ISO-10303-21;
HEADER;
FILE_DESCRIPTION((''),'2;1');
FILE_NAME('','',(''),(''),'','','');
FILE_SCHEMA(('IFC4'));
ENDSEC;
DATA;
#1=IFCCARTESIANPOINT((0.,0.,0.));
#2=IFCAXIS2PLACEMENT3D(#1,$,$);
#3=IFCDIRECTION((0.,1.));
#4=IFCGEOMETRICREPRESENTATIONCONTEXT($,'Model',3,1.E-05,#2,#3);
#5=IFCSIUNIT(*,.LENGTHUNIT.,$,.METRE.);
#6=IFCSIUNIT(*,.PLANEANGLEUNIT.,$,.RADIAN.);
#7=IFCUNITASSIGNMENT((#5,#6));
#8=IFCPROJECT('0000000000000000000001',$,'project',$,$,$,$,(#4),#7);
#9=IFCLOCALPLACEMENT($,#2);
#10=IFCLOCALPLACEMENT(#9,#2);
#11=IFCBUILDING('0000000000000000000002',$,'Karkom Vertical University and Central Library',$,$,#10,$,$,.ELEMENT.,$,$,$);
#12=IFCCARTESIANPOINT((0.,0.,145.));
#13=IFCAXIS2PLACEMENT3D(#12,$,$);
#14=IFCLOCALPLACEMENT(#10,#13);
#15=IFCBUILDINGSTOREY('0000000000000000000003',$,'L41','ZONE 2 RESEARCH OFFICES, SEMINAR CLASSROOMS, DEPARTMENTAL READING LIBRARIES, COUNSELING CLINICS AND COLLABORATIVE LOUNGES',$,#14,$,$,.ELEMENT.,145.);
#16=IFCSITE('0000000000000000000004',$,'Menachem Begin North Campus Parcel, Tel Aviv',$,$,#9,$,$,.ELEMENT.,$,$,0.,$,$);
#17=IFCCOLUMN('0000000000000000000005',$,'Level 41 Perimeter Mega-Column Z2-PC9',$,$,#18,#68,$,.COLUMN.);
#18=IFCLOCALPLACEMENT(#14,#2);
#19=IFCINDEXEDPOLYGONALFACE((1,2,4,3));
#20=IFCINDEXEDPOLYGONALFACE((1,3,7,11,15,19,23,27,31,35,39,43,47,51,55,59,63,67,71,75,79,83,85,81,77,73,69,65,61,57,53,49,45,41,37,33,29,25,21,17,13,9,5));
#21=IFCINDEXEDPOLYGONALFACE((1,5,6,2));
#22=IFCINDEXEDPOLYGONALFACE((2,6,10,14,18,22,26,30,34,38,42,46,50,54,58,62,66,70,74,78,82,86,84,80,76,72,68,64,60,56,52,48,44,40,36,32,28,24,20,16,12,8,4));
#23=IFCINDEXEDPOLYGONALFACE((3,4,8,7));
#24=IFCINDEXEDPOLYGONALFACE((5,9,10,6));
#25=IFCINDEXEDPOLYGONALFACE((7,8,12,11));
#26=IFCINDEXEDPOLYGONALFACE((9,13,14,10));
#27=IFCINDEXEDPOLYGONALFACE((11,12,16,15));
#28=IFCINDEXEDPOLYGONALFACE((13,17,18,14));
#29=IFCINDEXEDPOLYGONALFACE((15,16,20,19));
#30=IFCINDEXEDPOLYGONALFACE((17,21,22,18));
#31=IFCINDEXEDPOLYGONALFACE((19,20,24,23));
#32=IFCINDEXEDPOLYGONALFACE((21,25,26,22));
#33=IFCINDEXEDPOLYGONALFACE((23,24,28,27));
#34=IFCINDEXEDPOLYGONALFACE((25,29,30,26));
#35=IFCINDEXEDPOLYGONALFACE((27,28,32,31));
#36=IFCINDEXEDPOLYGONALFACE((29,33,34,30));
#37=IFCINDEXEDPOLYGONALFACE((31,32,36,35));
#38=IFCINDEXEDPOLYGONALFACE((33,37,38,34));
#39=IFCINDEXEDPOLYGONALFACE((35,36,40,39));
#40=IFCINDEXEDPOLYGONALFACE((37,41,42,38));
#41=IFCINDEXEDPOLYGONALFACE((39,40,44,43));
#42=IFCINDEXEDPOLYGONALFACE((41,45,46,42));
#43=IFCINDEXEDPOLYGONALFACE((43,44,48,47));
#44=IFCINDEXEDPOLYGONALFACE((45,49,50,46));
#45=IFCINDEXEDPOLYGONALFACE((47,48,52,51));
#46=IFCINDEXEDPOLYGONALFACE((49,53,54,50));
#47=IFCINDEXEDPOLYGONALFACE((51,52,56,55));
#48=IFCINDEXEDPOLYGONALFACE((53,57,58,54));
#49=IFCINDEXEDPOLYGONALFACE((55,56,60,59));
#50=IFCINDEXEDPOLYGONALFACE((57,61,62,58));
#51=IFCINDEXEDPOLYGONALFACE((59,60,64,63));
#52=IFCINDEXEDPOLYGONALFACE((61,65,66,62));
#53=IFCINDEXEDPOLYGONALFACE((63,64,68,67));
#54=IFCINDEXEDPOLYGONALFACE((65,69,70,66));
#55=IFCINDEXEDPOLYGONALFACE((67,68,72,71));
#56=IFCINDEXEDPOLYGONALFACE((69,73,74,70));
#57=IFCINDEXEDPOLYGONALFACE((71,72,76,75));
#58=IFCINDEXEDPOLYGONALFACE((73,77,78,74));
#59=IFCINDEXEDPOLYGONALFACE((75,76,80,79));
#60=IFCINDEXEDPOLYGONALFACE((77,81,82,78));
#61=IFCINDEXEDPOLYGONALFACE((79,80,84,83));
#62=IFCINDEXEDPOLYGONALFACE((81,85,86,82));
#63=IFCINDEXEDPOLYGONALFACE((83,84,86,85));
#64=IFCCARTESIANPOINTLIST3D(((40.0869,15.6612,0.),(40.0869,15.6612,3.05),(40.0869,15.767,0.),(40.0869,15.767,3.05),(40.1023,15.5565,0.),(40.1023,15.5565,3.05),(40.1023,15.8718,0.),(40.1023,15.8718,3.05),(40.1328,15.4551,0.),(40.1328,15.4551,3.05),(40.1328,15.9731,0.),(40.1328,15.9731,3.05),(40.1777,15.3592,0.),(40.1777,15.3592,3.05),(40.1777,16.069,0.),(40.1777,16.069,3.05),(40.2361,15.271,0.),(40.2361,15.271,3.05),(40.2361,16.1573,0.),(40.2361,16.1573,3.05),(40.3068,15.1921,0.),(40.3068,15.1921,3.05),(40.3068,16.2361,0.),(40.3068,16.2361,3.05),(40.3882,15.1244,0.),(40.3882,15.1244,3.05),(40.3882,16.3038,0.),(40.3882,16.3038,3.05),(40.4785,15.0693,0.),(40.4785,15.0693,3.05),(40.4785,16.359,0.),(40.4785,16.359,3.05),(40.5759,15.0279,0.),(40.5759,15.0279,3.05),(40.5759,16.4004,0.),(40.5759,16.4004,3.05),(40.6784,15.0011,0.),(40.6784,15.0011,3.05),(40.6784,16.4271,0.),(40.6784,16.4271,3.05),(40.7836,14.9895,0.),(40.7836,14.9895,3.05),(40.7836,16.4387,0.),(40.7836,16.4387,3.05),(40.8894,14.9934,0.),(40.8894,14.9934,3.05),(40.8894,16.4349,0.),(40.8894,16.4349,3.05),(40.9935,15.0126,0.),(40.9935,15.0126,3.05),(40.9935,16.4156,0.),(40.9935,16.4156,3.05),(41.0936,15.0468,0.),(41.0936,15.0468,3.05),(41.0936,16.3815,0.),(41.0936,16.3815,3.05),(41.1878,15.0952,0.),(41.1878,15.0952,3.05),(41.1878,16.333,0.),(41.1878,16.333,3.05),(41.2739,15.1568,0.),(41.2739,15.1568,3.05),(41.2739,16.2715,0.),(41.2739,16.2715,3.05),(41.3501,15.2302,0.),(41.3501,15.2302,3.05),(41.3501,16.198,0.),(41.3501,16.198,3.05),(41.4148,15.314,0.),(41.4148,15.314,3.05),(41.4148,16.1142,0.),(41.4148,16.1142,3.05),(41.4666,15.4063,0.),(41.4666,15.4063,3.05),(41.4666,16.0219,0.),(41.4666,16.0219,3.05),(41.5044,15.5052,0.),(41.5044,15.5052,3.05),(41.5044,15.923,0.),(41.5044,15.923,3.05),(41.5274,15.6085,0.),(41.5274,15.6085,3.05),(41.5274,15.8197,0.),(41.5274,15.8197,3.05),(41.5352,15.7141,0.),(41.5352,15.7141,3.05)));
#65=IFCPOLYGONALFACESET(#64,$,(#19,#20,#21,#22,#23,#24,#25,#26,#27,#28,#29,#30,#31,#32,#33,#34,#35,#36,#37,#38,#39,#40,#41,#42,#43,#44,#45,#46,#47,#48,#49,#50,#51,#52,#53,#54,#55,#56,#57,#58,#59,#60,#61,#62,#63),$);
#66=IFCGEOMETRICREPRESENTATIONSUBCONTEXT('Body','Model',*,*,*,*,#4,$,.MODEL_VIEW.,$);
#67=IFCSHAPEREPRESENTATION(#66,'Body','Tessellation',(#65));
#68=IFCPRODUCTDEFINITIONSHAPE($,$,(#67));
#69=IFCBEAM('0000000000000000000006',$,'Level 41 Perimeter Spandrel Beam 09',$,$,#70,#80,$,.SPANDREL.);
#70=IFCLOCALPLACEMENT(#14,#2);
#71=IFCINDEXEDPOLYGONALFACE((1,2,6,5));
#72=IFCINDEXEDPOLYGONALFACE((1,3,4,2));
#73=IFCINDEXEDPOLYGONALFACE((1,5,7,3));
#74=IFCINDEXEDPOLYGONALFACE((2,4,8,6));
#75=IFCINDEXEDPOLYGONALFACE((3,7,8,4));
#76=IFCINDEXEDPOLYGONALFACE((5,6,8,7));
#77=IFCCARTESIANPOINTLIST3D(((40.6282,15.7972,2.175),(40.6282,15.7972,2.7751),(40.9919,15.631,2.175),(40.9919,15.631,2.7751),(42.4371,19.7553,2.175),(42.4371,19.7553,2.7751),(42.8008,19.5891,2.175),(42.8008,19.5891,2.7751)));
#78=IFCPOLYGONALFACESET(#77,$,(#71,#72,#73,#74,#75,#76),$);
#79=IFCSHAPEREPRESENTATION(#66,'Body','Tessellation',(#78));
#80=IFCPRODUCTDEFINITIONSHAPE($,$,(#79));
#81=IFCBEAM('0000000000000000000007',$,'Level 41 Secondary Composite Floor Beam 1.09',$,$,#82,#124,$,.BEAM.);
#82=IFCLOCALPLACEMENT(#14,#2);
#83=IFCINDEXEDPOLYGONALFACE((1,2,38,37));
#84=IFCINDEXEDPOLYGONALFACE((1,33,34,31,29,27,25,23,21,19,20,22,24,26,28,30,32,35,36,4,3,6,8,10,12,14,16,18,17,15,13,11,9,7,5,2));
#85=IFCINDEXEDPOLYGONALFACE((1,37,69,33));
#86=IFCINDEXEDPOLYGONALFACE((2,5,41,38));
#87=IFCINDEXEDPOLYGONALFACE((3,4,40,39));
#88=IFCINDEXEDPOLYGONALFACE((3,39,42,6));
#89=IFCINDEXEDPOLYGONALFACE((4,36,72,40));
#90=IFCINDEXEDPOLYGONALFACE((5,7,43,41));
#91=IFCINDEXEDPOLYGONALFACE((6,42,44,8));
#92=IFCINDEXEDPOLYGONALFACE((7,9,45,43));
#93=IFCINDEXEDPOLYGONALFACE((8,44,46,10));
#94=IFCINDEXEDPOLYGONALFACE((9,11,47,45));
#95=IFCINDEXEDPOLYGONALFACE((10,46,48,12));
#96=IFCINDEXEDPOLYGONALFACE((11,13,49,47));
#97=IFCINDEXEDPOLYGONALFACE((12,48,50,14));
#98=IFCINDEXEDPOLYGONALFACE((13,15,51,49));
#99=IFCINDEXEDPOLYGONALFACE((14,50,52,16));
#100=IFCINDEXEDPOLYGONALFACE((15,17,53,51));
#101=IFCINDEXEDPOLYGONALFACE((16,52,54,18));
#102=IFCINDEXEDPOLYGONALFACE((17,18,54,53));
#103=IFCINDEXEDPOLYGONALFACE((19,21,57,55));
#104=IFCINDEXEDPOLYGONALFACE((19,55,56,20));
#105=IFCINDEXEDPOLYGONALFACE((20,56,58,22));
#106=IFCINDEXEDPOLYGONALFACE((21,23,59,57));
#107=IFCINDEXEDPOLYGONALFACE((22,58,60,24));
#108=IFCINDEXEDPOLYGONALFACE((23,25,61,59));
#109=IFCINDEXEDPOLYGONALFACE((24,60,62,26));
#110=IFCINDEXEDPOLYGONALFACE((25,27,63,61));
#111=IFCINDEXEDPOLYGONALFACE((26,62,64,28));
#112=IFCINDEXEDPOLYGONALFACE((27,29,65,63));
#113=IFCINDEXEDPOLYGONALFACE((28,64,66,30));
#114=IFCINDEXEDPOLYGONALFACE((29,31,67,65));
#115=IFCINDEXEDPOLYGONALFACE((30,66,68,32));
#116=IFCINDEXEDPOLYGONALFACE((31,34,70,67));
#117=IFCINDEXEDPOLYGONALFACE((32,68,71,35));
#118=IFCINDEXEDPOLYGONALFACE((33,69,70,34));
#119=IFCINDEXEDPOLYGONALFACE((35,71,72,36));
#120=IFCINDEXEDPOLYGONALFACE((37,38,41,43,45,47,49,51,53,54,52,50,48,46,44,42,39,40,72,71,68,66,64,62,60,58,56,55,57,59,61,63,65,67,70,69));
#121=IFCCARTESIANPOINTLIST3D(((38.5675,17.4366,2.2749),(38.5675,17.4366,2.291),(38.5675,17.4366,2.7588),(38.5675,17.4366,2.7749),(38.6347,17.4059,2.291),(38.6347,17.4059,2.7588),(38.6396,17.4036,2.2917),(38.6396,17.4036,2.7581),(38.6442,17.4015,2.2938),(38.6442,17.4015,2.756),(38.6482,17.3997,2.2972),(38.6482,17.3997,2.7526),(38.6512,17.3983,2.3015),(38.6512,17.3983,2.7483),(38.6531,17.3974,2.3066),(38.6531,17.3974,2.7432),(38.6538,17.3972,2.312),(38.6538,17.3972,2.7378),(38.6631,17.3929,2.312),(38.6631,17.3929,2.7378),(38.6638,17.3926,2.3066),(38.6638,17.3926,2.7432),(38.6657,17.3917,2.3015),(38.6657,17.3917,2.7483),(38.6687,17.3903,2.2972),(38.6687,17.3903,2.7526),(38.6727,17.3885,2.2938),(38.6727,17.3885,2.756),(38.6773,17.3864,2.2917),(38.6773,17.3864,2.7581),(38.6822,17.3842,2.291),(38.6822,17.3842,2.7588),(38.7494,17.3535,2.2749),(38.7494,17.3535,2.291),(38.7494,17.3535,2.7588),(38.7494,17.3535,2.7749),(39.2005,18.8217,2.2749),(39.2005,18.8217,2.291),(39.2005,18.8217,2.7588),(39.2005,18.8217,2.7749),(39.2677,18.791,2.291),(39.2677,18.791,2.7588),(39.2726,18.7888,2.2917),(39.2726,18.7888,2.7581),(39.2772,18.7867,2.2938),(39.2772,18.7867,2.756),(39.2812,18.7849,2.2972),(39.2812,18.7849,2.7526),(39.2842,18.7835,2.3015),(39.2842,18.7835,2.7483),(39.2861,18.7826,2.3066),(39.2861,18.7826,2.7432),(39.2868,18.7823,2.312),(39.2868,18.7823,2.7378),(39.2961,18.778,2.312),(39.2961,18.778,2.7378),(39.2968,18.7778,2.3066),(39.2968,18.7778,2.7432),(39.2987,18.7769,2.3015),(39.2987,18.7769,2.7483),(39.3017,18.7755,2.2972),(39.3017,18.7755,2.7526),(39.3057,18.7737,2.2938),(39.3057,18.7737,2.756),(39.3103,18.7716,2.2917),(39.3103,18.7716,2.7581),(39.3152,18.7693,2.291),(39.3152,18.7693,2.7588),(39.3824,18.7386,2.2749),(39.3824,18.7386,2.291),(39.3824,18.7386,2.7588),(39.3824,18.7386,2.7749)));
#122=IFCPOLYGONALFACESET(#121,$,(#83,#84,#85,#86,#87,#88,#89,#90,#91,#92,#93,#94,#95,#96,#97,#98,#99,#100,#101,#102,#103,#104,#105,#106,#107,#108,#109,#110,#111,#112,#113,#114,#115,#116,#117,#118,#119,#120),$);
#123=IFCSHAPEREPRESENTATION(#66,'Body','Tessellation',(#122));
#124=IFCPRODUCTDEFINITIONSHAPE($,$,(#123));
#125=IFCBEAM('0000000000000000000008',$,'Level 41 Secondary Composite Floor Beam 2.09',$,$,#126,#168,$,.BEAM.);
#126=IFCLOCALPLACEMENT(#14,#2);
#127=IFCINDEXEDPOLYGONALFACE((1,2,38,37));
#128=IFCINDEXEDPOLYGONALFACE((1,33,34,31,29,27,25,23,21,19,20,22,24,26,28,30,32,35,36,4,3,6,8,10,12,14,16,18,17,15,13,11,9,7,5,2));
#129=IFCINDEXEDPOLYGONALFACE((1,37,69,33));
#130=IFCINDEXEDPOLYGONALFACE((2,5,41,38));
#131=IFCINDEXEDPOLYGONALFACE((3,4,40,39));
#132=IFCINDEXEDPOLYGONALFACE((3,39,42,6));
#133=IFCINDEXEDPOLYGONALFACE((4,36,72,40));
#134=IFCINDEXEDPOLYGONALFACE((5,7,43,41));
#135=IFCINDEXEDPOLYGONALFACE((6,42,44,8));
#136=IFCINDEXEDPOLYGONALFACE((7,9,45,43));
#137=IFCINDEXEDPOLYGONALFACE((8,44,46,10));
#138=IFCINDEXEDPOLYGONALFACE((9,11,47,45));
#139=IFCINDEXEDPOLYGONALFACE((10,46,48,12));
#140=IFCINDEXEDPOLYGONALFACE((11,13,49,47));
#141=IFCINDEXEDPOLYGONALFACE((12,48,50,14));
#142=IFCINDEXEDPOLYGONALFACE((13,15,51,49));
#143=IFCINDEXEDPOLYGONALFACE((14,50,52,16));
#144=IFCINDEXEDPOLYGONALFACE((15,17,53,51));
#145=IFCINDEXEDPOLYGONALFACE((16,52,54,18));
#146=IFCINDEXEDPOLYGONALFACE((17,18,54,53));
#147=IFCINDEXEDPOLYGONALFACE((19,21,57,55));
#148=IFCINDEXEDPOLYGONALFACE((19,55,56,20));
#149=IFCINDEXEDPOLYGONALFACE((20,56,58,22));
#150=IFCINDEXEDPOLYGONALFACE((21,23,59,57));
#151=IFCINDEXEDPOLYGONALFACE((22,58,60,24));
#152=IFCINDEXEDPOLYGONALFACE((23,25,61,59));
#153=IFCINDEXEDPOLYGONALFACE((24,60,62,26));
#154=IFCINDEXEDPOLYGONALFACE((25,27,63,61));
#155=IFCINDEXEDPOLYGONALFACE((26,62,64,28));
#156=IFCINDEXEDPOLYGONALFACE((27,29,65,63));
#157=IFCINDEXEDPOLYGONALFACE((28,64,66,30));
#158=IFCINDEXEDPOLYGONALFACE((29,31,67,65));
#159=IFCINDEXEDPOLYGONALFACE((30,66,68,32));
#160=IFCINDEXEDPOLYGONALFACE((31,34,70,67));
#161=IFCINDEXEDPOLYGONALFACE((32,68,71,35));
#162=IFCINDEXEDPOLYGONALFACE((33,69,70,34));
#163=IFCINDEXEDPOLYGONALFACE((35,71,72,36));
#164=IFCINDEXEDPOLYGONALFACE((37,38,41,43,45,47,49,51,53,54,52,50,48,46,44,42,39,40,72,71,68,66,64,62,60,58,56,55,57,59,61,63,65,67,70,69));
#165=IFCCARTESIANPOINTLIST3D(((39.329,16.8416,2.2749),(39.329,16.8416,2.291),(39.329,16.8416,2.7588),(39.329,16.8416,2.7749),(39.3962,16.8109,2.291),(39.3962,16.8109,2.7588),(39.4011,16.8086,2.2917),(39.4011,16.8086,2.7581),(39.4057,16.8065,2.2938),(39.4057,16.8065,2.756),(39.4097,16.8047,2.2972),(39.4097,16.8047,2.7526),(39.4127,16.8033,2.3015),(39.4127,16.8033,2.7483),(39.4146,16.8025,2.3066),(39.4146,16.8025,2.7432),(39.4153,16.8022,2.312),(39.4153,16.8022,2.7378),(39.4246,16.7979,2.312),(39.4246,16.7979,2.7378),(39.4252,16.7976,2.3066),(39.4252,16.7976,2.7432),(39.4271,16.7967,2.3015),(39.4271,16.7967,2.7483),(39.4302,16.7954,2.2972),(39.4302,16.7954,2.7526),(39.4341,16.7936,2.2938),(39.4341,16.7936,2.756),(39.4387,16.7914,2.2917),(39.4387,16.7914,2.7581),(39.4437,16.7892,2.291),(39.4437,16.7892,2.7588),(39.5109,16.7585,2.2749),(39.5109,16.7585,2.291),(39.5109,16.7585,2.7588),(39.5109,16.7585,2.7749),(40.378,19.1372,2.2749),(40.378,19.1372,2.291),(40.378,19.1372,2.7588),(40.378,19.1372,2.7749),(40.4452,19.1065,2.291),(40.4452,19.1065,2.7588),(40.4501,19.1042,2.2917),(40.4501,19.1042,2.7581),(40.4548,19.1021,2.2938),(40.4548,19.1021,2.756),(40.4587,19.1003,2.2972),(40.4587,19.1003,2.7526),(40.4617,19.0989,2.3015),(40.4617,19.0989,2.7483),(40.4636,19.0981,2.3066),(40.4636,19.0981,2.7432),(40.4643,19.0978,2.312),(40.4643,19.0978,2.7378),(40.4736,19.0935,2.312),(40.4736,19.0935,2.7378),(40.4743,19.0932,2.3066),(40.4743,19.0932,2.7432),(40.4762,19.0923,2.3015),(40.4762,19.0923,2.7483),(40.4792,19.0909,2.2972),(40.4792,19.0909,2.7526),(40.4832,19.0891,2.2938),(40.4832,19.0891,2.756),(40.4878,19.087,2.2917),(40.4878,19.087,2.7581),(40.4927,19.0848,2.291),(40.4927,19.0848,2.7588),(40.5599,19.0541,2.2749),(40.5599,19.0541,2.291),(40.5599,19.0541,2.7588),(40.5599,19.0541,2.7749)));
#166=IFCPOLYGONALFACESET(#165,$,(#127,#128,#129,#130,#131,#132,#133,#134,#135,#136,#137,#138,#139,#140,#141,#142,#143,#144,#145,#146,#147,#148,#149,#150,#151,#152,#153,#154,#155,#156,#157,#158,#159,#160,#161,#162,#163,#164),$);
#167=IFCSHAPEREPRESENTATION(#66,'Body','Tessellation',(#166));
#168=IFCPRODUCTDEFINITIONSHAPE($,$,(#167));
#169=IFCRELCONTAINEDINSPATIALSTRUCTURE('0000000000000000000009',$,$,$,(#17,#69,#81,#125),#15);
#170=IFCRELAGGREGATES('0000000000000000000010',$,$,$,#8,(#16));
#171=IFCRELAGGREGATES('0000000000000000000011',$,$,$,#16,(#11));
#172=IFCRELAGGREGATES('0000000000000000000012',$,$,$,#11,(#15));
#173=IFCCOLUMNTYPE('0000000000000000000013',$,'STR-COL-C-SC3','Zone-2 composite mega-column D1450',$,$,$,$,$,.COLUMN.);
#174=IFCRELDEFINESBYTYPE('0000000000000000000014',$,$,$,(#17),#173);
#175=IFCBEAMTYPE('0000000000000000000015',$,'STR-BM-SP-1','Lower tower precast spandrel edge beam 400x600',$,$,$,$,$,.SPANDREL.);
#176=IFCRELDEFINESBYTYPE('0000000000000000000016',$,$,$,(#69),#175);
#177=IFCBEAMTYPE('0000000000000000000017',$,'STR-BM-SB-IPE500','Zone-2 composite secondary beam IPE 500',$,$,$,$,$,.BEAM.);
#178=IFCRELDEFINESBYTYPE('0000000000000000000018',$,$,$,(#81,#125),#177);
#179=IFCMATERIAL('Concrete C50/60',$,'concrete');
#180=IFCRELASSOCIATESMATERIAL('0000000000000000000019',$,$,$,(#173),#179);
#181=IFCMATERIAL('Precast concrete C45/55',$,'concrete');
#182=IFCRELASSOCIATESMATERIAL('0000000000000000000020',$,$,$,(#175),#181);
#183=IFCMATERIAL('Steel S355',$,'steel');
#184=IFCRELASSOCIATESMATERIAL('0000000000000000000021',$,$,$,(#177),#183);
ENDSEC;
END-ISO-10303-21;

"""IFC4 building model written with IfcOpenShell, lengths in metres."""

from ifc_helpers import new_model, si_unit, direction, frame, origin, origin_with_axes, origin_2d, place, context, subcontext, project, spatial, rectangle, circle, i_section, extrude, source, transform, mapped, material, material_profile, profile_set, type_object, element, save


model = new_model("IFC4")

# Units and contexts
model_context = context("Model", 3, precision=1e-05, world=origin(), true_north=direction((0.0, 1.0)))
body_context = subcontext(model_context, "Body", "Model", "MODEL_VIEW")
ifc_project = project(units=[si_unit("LENGTHUNIT", "METRE"), si_unit("PLANEANGLEUNIT", "RADIAN")], contexts=[model_context])

# Site, building, storey
site_placement = place(None, origin())
site = spatial("IfcSite", under=ifc_project, at=site_placement, Name="Menachem Begin North Campus Parcel, Tel Aviv", CompositionType="ELEMENT", RefElevation=0.0)
building_placement = place(site_placement, origin())
building = spatial("IfcBuilding", under=site, at=building_placement, Name="Karkom Vertical University and Central Library", CompositionType="ELEMENT")
storey_placement = place(building_placement, frame((0.0, 0.0, 145.0)))
storey = spatial("IfcBuildingStorey", under=building, at=storey_placement, Name="L41", Description="ZONE 2 RESEARCH OFFICES, SEMINAR CLASSROOMS, DEPARTMENTAL READING LIBRARIES, COUNSELING CLINICS AND COLLABORATIVE LOUNGES", CompositionType="ELEMENT", Elevation=145.0)

# Column
ifc_material_1 = material(Name="Concrete C50/60", Category="concrete")
ifc_material_profile_1 = material_profile(ifc_material_1, circle(Radius=0.7251, at=origin_2d()), Name="CFT-D1450")
ifc_profile_set_1 = profile_set([ifc_material_profile_1], Name="Concrete C50/60")
column_type = type_object("IfcColumnType", Name="STR-COL-C-SC3", Description="Zone-2 composite mega-column D1450", PredefinedType="COLUMN", material=ifc_profile_set_1)
shared_shape_1 = source(origin_with_axes(), body_context, "Body", "SweptSolid", [
    extrude(circle(Radius=0.7251, at=origin_2d()), origin(), (0.0, 0.0, 1.0), 3.05),
])
column_placement = place(storey_placement, frame((40.8101, 15.7141, 0.0), z_axis=(0.0, 0.0, 1.0), x_axis=(1.0, 0.0, 0.0)))
element("IfcColumn", 1, at=column_placement, inside=storey, type_object=column_type, Name="Level 41 Perimeter Mega-Column Z2-PC9", PredefinedType="COLUMN", context=body_context, shape_type="MappedRepresentation", body=[
    mapped(shared_shape_1, transform((0.0, 0.0, 0.0), scale=1.0)),
])

# Beams
ifc_material_2 = material(Name="Precast concrete C45/55", Category="concrete")
ifc_material_profile_2 = material_profile(ifc_material_2, rectangle(XDim=0.3999, YDim=0.6001, at=origin_2d()), Name="SPB-400x600")
ifc_profile_set_2 = profile_set([ifc_material_profile_2], Name="Precast concrete C45/55")
beam_type_1 = type_object("IfcBeamType", Name="STR-BM-SP-1", Description="Lower tower precast spandrel edge beam 400x600", PredefinedType="SPANDREL", material=ifc_profile_set_2)
shared_shape_2 = source(origin_with_axes(), body_context, "Body", "SweptSolid", [
    extrude(rectangle(XDim=0.3999, YDim=0.6001, at=origin_2d()), origin(), (0.0, 0.0, 1.0), 4.3518),
])
beam_1_placement = place(storey_placement, frame((40.8101, 15.7141, 2.4751), z_axis=(0.415658, 0.909521, 0.0), x_axis=(-0.909521, 0.415658, 0.0)))
element("IfcBeam", 2, at=beam_1_placement, inside=storey, type_object=beam_type_1, Name="Level 41 Perimeter Spandrel Beam 09", PredefinedType="SPANDREL", context=body_context, shape_type="MappedRepresentation", body=[
    mapped(shared_shape_2, transform((0.0, 0.0, 0.0), scale=1.0)),
])
ifc_material_3 = material(Name="Steel S355", Category="steel")
ifc_material_profile_3 = material_profile(ifc_material_3, i_section(OverallWidth=0.2, OverallDepth=0.5, WebThickness=0.0103, FlangeThickness=0.0161, FilletRadius=0.021, at=origin_2d()), Name="IPE 500")
ifc_profile_set_3 = profile_set([ifc_material_profile_3], Name="Steel S355")
beam_type_2 = type_object("IfcBeamType", Name="STR-BM-SB-IPE500", Description="Zone-2 composite secondary beam IPE 500", PredefinedType="BEAM", material=ifc_profile_set_3)
shared_shape_3 = source(origin_with_axes(), body_context, "Body", "SweptSolid", [
    extrude(i_section(OverallWidth=0.2, OverallDepth=0.5, WebThickness=0.0103, FlangeThickness=0.0161, FilletRadius=0.021, at=origin_2d()), origin(), (0.0, 0.0, 1.0), 1.5229),
])
beam_2_placement = place(storey_placement, frame((38.6584, 17.395, 2.5249), z_axis=(0.41565, 0.909525, 0.0), x_axis=(-0.909525, 0.41565, 0.0)))
element("IfcBeam", 3, at=beam_2_placement, inside=storey, type_object=beam_type_2, Name="Level 41 Secondary Composite Floor Beam 1.09", PredefinedType="BEAM", context=body_context, shape_type="MappedRepresentation", body=[
    mapped(shared_shape_3, transform((0.0, 0.0, 0.0), scale=1.0)),
])
shared_shape_4 = source(origin_with_axes(), body_context, "Body", "SweptSolid", [
    extrude(i_section(OverallWidth=0.2, OverallDepth=0.5, WebThickness=0.0103, FlangeThickness=0.0161, FilletRadius=0.021, at=origin_2d()), origin(), (0.0, 0.0, 1.0), 2.5239),
])
beam_3_placement = place(storey_placement, frame((39.4199, 16.8, 2.5249), z_axis=(0.415639, 0.90953, 0.0), x_axis=(-0.90953, 0.415639, 0.0)))
element("IfcBeam", 4, at=beam_3_placement, inside=storey, type_object=beam_type_2, Name="Level 41 Secondary Composite Floor Beam 2.09", PredefinedType="BEAM", context=body_context, shape_type="MappedRepresentation", body=[
    mapped(shared_shape_4, transform((0.0, 0.0, 0.0), scale=1.0)),
])

save(model, "model.ifc")
